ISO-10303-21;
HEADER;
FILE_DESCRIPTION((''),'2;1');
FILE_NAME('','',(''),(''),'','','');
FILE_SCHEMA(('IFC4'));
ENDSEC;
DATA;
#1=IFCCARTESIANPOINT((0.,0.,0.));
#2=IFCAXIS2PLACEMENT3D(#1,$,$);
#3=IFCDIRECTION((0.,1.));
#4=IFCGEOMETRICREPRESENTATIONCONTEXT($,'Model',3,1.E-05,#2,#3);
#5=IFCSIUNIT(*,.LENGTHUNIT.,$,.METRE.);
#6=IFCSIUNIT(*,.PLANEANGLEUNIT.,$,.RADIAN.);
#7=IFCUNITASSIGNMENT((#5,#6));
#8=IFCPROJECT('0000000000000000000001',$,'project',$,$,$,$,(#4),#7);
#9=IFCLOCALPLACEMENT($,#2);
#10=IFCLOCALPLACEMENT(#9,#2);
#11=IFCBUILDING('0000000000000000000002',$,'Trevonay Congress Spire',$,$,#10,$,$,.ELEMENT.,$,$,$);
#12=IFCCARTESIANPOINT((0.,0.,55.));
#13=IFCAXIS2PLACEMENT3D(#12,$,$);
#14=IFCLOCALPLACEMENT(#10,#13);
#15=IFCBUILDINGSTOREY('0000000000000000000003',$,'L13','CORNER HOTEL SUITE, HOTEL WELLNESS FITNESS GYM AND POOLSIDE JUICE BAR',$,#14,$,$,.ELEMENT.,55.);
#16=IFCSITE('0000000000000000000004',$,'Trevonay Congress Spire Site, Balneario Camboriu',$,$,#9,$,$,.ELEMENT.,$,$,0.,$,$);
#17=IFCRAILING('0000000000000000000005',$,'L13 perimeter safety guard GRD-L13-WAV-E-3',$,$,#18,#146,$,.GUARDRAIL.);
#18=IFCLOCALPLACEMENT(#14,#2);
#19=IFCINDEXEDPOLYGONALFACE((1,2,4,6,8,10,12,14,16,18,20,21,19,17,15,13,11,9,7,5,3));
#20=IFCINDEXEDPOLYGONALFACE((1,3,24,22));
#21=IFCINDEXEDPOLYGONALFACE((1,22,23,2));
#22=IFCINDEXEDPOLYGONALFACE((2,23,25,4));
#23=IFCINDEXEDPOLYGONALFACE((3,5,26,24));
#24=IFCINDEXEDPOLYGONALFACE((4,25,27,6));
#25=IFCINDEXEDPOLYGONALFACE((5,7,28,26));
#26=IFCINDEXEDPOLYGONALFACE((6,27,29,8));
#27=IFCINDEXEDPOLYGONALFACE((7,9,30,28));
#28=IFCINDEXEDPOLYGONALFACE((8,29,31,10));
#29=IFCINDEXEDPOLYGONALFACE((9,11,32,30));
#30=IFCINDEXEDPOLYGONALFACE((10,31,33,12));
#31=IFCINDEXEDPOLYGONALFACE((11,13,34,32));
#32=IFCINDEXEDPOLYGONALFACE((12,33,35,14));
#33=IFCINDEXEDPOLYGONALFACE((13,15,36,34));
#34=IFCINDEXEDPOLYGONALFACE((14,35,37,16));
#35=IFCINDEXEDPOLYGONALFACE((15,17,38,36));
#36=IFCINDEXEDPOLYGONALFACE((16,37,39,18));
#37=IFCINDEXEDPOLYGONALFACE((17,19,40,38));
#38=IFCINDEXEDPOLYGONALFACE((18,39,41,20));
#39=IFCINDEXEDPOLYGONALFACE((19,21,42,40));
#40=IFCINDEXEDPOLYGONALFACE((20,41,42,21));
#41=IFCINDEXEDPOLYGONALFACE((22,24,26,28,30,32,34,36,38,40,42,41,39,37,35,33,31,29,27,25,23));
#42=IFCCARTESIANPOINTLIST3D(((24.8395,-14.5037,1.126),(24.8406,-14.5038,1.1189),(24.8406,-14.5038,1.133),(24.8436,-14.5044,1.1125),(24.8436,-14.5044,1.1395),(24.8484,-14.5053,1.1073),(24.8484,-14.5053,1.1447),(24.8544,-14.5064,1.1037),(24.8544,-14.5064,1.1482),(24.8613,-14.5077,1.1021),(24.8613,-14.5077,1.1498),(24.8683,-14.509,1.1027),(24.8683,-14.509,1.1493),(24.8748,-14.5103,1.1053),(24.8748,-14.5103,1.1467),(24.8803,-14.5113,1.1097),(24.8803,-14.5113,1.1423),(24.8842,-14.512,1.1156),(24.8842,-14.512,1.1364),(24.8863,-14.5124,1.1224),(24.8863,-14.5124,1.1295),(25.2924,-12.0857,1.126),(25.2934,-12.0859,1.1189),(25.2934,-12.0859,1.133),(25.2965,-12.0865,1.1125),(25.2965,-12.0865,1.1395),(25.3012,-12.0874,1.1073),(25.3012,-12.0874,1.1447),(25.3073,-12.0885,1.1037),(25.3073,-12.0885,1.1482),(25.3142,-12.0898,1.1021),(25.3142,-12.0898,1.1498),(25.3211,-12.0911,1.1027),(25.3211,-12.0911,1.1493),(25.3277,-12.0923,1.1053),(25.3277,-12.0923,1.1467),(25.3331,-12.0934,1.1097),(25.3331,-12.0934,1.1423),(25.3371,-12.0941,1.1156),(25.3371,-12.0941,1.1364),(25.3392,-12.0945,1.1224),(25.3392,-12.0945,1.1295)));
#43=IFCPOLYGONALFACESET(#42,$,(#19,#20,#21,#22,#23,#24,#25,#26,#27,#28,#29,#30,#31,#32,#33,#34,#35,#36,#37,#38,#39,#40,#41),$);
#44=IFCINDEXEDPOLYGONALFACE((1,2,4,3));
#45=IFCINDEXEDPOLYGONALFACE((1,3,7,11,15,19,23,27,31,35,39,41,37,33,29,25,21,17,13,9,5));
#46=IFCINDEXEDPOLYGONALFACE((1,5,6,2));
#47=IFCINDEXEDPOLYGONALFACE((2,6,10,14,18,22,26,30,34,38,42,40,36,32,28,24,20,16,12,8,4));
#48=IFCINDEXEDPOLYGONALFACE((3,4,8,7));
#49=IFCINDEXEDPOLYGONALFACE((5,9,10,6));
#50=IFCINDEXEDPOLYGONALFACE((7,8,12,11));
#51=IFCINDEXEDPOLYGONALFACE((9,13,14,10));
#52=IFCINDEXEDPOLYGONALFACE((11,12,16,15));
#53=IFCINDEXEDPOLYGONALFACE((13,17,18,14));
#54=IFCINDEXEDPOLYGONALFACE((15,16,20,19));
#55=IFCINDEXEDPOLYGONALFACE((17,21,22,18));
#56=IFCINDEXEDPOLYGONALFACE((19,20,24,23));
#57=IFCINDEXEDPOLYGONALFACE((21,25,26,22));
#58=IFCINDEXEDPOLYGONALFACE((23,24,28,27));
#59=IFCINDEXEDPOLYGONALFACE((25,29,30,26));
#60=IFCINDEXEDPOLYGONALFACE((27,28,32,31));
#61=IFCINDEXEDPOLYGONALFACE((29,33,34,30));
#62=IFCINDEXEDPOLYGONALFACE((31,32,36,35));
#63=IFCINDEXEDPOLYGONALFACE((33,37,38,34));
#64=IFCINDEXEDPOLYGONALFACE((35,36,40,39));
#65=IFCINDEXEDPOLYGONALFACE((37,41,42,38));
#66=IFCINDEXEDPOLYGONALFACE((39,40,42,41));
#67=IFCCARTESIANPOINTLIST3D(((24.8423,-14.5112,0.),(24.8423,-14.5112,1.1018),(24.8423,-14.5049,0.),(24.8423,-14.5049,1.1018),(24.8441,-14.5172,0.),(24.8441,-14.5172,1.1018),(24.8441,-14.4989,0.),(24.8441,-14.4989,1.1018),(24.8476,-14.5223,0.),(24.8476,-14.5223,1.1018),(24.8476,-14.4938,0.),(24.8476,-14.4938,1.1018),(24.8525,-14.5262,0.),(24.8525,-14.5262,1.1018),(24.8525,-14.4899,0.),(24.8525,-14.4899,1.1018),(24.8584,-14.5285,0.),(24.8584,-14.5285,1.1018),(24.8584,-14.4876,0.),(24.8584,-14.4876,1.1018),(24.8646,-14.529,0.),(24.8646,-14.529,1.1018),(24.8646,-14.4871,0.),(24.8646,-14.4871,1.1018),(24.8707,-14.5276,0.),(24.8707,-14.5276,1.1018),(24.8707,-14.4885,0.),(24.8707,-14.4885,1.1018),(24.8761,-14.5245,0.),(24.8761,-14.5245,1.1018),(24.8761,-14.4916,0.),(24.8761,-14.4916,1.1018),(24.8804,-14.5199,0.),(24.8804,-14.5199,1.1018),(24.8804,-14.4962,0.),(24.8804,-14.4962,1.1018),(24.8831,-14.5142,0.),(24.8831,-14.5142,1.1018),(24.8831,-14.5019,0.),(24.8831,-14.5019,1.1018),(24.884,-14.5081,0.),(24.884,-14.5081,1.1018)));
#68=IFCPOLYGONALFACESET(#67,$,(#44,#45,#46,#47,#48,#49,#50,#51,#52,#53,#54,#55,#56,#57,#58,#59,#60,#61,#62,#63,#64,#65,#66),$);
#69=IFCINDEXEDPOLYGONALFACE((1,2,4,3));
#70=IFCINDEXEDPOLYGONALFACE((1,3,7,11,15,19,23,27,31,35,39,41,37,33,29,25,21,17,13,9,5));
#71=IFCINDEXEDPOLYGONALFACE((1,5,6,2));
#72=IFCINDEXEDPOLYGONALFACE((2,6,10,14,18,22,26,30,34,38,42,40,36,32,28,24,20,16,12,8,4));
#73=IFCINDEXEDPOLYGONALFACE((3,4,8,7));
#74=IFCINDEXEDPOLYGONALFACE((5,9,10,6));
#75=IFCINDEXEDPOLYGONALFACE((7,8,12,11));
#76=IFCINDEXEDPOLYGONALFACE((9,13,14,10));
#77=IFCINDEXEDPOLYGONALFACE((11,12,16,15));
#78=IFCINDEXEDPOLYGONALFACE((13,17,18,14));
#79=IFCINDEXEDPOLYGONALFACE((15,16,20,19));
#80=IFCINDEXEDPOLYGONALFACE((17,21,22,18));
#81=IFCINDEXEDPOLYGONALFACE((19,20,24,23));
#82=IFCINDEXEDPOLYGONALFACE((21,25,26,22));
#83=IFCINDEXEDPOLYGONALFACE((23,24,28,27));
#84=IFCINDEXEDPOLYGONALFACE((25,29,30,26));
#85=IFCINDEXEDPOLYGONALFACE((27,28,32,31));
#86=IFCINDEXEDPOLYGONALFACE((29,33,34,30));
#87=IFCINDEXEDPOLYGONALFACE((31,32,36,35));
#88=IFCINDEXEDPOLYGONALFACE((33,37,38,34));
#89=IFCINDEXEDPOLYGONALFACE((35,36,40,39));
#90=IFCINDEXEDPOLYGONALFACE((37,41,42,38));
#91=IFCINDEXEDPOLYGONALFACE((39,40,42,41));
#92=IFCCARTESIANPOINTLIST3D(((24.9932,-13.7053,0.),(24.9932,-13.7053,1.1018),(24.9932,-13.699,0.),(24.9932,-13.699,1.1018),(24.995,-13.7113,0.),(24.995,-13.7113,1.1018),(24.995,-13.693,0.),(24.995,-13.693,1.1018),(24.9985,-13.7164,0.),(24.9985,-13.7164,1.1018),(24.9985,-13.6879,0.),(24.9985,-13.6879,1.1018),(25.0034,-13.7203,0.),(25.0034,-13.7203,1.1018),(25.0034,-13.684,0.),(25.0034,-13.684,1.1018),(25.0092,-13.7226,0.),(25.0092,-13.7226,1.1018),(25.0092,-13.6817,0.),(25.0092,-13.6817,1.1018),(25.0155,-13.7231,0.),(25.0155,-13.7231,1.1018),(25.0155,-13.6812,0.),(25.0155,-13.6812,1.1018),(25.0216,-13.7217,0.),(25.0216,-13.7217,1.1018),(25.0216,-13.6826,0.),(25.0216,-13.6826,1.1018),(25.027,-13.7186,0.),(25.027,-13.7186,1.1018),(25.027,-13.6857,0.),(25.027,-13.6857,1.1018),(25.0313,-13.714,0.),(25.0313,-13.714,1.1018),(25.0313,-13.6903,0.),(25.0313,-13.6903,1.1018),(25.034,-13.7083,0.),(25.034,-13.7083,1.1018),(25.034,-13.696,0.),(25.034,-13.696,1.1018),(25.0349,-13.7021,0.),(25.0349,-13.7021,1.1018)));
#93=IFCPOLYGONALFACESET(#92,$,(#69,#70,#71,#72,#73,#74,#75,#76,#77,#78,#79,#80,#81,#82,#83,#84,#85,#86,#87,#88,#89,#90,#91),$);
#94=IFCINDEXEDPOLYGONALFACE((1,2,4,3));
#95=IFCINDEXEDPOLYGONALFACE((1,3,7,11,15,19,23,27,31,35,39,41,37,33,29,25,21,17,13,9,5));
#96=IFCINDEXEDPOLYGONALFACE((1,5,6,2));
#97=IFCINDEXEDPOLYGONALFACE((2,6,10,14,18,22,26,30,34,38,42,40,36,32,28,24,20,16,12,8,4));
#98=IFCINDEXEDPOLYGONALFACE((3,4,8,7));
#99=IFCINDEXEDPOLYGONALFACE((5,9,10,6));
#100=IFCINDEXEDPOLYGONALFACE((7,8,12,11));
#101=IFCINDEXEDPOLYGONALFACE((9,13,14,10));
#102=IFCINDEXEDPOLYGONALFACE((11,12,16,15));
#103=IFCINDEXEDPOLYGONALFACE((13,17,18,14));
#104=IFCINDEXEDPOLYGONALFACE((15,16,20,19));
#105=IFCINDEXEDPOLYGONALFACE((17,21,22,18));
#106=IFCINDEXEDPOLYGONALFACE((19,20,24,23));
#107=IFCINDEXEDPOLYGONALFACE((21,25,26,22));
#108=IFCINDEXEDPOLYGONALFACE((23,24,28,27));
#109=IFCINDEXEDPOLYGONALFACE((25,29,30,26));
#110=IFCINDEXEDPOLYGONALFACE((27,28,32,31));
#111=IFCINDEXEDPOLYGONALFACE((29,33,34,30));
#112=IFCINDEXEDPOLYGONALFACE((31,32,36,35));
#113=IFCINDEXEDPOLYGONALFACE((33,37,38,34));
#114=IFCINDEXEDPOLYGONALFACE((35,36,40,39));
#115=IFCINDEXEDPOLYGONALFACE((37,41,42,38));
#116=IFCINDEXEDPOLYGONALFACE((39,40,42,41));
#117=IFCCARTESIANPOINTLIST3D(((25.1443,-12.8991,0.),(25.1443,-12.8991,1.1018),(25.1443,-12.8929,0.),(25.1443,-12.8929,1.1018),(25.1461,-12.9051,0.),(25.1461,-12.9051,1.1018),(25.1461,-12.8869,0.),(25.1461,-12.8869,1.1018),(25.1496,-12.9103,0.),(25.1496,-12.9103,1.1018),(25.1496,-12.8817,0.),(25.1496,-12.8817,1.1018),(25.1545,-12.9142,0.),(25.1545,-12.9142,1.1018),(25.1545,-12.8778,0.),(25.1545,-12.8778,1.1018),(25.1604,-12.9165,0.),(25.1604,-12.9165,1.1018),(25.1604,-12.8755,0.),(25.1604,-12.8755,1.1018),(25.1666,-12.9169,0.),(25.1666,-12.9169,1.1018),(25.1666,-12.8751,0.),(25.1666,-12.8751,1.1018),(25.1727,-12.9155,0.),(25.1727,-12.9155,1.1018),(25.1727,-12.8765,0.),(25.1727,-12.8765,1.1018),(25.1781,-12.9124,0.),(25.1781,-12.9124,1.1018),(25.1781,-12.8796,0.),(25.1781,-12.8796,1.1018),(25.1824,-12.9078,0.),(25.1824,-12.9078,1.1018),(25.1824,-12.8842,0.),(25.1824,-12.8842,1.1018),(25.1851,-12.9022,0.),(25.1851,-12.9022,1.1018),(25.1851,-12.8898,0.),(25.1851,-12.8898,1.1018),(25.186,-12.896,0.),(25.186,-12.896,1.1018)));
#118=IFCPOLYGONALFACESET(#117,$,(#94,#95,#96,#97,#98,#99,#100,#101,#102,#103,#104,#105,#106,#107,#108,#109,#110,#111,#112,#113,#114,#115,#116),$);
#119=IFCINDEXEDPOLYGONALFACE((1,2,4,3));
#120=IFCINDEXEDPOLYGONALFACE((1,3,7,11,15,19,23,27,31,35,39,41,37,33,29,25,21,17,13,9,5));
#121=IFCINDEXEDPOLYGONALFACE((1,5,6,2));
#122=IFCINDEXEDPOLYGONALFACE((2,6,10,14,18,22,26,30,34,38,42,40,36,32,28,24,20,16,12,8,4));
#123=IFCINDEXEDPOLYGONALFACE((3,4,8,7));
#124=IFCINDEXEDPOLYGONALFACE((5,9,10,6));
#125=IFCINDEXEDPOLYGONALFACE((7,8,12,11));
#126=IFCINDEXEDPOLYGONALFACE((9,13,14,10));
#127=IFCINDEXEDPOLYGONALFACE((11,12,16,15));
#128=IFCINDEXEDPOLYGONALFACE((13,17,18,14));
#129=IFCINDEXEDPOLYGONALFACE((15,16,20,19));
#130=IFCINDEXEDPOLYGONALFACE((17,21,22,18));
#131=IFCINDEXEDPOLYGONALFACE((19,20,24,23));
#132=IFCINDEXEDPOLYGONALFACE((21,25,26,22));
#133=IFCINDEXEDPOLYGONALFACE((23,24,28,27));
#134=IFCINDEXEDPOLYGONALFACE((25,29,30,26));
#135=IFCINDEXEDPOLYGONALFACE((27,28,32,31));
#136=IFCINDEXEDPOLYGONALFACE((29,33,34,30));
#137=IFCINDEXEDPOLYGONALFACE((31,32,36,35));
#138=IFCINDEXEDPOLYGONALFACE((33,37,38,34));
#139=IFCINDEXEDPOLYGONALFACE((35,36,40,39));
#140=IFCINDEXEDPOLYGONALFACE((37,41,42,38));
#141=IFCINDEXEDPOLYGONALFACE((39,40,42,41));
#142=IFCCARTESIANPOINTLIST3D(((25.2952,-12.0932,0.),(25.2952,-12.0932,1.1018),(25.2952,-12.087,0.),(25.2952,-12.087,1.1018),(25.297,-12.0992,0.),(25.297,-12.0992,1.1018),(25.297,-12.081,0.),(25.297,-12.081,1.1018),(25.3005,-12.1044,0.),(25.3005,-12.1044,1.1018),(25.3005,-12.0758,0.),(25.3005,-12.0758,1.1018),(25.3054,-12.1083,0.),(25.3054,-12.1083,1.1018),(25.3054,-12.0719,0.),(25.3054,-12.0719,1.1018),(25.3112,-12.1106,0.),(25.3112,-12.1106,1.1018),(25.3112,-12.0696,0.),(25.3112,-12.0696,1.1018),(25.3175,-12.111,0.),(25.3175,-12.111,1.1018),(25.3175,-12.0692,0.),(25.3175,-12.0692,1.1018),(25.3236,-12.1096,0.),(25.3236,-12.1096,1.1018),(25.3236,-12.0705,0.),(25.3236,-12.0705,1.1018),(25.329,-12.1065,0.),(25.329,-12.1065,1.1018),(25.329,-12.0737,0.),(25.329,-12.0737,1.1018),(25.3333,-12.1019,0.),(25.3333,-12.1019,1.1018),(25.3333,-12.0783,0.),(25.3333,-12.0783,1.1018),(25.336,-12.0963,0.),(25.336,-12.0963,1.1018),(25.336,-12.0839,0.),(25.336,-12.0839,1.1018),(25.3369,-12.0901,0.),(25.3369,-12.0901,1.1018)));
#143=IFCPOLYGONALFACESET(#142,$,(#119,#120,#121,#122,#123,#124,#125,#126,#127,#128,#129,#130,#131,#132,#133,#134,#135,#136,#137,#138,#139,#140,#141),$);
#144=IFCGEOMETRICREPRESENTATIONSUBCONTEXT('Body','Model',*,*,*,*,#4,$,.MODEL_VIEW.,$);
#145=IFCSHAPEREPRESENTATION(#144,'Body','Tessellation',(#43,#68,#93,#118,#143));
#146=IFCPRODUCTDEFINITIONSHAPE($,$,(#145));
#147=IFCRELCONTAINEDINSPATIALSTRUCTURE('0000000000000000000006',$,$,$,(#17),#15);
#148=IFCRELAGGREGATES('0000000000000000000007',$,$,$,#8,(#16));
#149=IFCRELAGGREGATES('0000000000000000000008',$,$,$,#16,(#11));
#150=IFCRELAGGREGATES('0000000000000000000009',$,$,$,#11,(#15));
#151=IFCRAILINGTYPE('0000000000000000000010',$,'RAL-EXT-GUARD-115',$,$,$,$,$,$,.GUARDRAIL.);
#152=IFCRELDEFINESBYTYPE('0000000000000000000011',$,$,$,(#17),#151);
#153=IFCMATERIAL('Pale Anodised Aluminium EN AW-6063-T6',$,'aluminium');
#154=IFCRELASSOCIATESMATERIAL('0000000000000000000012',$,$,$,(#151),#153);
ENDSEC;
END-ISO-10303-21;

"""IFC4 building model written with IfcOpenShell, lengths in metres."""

from ifc_helpers import new_model, si_unit, direction, frame, origin, origin_2d, place, context, subcontext, project, spatial, circle, extrude, material, type_object, element, save


model = new_model("IFC4")

# Units and contexts
model_context = context("Model", 3, precision=1e-05, world=origin(), true_north=direction((0.0, 1.0)))
body_context = subcontext(model_context, "Body", "Model", "MODEL_VIEW")
ifc_project = project(units=[si_unit("LENGTHUNIT", "METRE"), si_unit("PLANEANGLEUNIT", "RADIAN")], contexts=[model_context])

# Site, building, storey
site_placement = place(None, origin())
site = spatial("IfcSite", under=ifc_project, at=site_placement, Name="Trevonay Congress Spire Site, Balneario Camboriu", CompositionType="ELEMENT", RefElevation=0.0)
building_placement = place(site_placement, origin())
building = spatial("IfcBuilding", under=site, at=building_placement, Name="Trevonay Congress Spire", CompositionType="ELEMENT")
storey_placement = place(building_placement, frame((0.0, 0.0, 55.0)))
storey = spatial("IfcBuildingStorey", under=building, at=storey_placement, Name="L13", Description="CORNER HOTEL SUITE, HOTEL WELLNESS FITNESS GYM AND POOLSIDE JUICE BAR", CompositionType="ELEMENT", Elevation=55.0)

# Shared definitions
ifc_material_1 = material(Name="Pale Anodised Aluminium EN AW-6063-T6", Category="aluminium")

# Railing
railing_type = type_object("IfcRailingType", Name="RAL-EXT-GUARD-115", PredefinedType="GUARDRAIL", material=ifc_material_1)
railing_1_placement = place(storey_placement, frame((24.863, -14.5081, 0.0)))
element("IfcRailing", 1, at=railing_1_placement, inside=storey, type_object=railing_type, Name="L13 perimeter safety guard GRD-L13-WAV-E-3", PredefinedType="GUARDRAIL", context=body_context, shape_type="SweptSolid", body=[
    extrude(circle(Radius=0.0239, at=origin_2d()), frame((0.0, 0.0, 1.126), z_axis=(0.184097, 0.982908, 0.0), x_axis=(-0.982908, 0.184097, 0.0)), (0.0, 0.0, 1.0), 2.46),
    extrude(circle(Radius=0.021, at=origin_2d()), origin(), (0.0, 0.0, 1.0), 1.1018),
    extrude(circle(Radius=0.021, at=origin_2d()), frame((0.1509, 0.8059, 0.0)), (0.0, 0.0, 1.0), 1.1018),
    extrude(circle(Radius=0.021, at=origin_2d()), frame((0.302, 1.6121, 0.0)), (0.0, 0.0, 1.0), 1.1018),
    extrude(circle(Radius=0.021, at=origin_2d()), frame((0.4529, 2.418, 0.0)), (0.0, 0.0, 1.0), 1.1018),
])

save(model, "model.ifc")
